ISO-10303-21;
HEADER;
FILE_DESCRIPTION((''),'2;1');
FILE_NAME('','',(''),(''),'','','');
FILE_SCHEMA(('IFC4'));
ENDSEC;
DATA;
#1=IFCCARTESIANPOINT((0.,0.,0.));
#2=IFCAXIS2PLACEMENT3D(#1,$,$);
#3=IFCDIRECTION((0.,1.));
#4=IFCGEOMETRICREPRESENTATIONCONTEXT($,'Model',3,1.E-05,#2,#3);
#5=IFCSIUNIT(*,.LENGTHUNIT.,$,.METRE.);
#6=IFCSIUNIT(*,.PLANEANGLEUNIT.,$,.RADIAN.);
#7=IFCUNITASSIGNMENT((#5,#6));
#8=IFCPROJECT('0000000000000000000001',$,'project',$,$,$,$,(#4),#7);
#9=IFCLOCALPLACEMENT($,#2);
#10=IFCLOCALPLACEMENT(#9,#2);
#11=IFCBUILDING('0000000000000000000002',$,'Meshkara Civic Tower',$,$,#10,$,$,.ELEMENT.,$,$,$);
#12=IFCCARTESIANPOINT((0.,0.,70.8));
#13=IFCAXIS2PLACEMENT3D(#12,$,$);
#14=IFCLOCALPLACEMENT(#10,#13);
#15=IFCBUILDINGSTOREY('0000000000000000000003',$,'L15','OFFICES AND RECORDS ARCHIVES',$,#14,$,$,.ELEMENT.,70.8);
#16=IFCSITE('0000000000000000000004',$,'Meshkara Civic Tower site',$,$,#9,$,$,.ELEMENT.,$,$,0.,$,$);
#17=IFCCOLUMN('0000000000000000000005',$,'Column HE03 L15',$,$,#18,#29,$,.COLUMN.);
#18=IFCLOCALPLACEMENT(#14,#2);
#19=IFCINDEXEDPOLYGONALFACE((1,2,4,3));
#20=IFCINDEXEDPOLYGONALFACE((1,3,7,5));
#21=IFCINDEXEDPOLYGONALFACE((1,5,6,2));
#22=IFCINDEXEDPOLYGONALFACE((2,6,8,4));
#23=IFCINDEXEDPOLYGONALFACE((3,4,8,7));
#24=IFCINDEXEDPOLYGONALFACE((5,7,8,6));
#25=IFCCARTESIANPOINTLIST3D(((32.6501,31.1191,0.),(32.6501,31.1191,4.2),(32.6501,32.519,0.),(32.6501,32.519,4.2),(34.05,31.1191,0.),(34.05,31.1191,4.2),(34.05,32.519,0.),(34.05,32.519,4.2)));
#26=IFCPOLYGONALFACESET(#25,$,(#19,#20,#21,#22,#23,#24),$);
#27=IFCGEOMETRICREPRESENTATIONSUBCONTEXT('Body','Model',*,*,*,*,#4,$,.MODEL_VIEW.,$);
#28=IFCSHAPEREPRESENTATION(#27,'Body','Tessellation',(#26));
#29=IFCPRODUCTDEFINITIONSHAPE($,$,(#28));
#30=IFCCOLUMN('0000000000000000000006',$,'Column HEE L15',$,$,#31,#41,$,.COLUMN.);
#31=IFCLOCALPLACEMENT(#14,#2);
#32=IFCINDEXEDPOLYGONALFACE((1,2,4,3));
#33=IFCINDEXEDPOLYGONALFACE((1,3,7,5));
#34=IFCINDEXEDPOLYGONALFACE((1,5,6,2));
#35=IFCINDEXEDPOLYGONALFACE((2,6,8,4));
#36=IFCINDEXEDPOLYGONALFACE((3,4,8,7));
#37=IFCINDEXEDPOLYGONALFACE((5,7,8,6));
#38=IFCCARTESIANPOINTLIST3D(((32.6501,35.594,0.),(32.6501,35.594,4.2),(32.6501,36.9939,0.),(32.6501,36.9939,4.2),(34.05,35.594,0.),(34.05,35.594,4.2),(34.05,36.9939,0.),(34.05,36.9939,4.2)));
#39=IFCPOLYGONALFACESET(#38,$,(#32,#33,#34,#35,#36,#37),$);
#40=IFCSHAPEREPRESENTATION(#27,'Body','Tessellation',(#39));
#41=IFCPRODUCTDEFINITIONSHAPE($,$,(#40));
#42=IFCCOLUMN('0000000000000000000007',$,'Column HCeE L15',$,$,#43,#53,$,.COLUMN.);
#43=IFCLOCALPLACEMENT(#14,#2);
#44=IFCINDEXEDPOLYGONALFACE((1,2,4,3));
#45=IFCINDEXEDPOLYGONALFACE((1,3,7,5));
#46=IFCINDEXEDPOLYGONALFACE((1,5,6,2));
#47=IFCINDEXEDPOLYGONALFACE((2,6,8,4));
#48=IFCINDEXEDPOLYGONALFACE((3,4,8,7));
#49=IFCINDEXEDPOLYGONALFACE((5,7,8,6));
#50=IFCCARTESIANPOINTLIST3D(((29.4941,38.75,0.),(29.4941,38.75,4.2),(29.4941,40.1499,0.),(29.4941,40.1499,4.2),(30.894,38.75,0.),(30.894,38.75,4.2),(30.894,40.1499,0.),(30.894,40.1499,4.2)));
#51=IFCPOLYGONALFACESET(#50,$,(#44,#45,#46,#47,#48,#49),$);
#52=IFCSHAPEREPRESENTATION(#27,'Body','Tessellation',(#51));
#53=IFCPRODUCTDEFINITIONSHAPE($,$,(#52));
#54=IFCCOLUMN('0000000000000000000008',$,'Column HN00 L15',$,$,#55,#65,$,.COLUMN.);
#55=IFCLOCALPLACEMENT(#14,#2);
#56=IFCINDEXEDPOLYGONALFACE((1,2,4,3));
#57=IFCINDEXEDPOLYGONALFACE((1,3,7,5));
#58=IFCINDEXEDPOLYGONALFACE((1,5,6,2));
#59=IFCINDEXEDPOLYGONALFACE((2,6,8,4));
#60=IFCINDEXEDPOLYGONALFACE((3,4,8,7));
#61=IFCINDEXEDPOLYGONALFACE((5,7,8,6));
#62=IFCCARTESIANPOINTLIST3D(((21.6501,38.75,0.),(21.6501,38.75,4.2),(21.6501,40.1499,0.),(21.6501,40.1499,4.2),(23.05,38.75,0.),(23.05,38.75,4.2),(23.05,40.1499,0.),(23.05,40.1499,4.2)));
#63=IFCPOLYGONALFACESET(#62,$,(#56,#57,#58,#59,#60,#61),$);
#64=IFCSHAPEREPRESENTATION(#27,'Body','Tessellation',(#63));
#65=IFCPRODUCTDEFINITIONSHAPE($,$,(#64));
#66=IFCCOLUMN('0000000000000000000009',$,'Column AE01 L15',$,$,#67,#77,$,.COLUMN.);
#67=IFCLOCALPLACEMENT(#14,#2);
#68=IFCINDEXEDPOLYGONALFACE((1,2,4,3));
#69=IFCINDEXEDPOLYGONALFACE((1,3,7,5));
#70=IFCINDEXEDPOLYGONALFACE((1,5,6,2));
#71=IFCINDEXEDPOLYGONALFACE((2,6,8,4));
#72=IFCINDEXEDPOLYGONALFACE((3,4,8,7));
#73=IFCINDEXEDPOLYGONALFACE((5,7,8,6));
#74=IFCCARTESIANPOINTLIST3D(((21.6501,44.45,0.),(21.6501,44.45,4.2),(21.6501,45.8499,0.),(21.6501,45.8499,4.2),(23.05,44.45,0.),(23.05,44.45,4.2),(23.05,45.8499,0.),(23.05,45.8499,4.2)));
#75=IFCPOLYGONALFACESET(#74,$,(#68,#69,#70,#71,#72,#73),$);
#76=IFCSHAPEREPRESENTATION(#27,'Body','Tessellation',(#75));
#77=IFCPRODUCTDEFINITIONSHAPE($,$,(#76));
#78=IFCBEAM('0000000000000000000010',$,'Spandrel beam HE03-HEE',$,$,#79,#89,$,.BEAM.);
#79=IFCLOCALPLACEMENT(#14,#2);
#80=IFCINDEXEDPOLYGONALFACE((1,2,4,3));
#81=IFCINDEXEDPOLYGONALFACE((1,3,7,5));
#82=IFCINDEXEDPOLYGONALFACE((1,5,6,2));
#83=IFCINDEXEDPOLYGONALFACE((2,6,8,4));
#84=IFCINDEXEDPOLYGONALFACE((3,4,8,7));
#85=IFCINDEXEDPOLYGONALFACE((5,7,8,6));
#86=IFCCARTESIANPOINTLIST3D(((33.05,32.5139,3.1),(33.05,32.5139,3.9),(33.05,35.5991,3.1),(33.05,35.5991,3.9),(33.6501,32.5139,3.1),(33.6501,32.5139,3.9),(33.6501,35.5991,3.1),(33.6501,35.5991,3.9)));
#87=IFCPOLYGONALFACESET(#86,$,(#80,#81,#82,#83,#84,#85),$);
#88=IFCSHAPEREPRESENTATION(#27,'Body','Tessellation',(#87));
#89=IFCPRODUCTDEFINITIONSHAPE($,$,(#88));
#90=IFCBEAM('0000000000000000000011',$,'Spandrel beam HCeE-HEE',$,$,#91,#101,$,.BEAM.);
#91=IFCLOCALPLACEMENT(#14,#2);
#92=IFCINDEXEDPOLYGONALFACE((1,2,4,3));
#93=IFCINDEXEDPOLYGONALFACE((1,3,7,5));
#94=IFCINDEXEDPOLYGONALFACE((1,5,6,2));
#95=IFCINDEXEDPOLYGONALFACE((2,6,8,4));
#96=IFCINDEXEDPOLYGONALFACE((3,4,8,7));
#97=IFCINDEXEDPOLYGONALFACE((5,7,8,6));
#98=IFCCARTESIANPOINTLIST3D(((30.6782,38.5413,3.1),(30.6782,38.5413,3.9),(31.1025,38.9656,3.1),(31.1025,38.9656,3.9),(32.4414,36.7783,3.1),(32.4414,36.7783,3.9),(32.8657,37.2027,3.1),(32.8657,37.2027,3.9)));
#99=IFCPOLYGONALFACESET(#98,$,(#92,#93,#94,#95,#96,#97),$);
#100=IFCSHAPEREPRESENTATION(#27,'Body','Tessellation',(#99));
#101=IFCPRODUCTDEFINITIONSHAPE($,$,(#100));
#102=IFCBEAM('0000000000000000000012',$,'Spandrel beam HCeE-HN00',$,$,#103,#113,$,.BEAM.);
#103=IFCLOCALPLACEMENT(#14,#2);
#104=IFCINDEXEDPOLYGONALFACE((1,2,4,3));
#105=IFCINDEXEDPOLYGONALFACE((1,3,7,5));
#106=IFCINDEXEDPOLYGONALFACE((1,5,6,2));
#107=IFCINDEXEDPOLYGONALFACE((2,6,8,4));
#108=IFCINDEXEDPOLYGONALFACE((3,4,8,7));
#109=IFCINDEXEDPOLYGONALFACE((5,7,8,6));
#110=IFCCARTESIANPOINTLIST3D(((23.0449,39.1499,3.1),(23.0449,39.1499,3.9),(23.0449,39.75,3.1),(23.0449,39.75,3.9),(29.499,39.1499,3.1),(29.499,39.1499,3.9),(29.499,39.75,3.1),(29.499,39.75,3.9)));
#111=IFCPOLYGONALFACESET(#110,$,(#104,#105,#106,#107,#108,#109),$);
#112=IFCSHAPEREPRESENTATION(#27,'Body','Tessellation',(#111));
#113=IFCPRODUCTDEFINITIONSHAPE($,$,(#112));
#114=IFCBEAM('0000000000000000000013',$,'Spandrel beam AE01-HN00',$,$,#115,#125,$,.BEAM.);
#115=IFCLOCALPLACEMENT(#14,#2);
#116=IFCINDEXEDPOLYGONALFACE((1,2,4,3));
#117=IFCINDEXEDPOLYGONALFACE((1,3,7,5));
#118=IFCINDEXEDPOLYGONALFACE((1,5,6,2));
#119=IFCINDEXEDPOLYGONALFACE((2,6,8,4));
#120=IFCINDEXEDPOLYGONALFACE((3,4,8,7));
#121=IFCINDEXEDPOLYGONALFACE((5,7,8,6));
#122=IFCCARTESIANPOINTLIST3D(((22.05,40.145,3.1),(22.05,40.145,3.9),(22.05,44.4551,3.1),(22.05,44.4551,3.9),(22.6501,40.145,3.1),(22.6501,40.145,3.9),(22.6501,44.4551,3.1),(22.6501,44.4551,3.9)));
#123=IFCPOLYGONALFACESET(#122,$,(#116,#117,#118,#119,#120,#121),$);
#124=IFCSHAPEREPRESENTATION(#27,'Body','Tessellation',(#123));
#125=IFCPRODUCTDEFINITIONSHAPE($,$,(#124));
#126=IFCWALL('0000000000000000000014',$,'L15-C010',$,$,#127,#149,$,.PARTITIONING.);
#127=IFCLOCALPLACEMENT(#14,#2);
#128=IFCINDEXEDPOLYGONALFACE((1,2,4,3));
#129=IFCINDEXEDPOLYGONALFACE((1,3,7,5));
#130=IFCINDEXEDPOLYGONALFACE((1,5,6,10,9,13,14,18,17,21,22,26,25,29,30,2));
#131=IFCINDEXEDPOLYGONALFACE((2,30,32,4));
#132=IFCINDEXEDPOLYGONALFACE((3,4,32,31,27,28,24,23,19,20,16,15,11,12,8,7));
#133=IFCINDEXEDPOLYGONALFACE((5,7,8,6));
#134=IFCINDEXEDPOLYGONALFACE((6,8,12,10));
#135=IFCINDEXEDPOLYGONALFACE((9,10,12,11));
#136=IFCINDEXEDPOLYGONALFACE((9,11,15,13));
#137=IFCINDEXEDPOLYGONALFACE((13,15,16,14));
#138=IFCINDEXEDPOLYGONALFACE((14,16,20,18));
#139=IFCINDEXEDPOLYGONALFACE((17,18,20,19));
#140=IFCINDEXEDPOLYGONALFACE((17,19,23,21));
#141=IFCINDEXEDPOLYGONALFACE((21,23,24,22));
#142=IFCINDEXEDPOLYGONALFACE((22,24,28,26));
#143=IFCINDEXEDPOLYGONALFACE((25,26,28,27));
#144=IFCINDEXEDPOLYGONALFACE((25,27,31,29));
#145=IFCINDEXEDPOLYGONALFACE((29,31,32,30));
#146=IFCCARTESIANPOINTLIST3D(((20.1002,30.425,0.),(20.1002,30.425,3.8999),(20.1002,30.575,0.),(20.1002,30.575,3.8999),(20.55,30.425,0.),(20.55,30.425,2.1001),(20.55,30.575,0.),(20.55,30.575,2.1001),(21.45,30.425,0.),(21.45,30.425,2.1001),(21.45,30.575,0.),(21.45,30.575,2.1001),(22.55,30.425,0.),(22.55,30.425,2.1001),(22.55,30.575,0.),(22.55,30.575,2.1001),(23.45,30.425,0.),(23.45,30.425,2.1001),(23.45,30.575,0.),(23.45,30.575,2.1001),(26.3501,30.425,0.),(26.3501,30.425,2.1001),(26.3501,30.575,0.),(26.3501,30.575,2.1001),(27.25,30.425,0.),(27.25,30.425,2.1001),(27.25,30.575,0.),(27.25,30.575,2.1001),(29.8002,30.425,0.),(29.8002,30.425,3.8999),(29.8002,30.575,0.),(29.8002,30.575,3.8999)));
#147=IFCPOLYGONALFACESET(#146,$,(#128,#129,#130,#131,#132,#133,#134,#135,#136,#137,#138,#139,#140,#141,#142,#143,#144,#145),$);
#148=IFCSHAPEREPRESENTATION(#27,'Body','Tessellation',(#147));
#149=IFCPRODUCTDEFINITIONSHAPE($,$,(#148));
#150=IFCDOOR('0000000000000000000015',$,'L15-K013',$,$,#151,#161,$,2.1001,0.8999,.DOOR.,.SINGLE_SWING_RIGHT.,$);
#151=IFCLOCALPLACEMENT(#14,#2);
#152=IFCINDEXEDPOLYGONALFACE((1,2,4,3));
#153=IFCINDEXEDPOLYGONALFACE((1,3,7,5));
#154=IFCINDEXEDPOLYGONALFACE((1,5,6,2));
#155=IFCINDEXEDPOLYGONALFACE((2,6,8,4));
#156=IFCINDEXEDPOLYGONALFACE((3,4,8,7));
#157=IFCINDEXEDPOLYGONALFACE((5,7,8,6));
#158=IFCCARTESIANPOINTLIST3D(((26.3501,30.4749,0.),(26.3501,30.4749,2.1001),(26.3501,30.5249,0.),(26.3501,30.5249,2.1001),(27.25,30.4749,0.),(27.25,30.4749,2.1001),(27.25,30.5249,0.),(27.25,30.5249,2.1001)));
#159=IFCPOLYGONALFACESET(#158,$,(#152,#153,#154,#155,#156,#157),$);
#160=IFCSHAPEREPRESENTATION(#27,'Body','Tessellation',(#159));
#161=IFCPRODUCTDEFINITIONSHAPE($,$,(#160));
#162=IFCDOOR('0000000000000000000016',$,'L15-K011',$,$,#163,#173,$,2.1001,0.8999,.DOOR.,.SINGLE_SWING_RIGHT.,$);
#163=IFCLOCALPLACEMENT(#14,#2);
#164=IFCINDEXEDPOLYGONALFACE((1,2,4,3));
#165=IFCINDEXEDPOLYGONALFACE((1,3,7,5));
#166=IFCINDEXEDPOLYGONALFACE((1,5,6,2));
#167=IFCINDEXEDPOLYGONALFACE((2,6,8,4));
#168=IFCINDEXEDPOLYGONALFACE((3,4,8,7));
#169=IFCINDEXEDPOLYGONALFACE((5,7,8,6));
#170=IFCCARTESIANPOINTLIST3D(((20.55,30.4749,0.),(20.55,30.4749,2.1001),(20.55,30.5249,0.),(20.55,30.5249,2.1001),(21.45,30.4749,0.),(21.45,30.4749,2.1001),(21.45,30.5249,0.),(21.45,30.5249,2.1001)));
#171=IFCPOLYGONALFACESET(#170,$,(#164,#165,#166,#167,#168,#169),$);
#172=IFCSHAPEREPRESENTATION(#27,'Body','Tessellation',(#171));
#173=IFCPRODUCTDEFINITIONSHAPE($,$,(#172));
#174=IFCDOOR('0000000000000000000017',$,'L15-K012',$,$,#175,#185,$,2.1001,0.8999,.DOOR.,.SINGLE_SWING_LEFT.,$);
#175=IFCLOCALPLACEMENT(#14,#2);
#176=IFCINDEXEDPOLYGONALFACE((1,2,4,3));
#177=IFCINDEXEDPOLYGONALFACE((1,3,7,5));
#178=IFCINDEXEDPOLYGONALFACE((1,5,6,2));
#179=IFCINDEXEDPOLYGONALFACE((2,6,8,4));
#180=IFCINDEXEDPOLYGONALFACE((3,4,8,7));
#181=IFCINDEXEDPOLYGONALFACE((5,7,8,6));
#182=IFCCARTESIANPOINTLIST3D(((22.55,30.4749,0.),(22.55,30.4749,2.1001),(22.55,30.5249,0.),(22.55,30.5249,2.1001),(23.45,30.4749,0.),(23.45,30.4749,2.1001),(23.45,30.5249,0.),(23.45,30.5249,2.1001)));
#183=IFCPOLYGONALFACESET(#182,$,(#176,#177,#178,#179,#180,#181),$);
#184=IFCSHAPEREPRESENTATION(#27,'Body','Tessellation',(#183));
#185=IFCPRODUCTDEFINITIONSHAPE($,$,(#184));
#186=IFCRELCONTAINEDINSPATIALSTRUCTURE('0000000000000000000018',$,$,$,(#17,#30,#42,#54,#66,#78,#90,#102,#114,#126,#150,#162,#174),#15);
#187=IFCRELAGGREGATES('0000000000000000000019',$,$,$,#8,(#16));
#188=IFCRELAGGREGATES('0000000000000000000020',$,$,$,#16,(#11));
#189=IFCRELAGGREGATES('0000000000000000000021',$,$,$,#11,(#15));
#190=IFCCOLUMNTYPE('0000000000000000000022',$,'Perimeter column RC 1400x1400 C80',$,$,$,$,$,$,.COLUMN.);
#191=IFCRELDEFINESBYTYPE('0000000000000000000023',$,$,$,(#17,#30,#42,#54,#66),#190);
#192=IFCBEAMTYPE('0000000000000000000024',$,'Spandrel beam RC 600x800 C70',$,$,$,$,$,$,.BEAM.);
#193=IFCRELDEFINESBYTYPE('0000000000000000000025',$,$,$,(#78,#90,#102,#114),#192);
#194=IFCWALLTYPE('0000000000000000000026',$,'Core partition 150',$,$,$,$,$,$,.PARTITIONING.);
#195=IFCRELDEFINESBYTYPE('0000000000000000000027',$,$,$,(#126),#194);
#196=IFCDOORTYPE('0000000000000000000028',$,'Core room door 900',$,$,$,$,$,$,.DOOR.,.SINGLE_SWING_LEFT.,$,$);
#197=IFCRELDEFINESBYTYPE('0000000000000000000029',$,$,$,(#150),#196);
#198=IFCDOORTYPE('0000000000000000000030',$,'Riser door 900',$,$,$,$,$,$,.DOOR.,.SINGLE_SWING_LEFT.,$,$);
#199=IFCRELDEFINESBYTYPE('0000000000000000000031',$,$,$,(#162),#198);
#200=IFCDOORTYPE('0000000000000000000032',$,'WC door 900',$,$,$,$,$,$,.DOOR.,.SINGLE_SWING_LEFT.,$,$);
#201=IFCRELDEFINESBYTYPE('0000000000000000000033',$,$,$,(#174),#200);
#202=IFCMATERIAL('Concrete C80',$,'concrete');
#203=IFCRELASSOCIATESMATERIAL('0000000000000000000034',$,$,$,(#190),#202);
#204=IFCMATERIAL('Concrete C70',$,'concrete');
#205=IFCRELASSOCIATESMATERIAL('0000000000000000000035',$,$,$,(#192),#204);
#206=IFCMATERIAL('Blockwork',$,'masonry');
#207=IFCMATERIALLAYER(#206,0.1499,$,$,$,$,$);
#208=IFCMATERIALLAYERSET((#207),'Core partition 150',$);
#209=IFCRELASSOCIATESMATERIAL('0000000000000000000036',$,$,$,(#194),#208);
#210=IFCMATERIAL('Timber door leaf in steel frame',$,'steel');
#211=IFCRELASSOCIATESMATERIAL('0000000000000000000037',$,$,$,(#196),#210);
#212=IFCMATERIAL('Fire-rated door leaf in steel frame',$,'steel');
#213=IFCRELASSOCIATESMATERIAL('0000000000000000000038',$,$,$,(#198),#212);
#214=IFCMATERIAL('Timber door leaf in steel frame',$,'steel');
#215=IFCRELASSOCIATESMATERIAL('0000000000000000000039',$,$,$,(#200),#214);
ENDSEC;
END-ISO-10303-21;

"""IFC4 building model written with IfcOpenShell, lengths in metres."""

from ifc_helpers import new_model, si_unit, direction, frame, frame_2d, origin, origin_2d, place, context, subcontext, project, spatial, rectangle, extrude, material, layer, layer_set, material_profile, profile_set, type_object, element, fill, save


model = new_model("IFC4")

# Units and contexts
model_context = context("Model", 3, precision=1e-05, world=origin(), true_north=direction((0.0, 1.0)))
body_context = subcontext(model_context, "Body", "Model", "MODEL_VIEW")
ifc_project = project(units=[si_unit("LENGTHUNIT", "METRE"), si_unit("PLANEANGLEUNIT", "RADIAN")], contexts=[model_context])

# Site, building, storey
site_placement = place(None, origin())
site = spatial("IfcSite", under=ifc_project, at=site_placement, Name="Meshkara Civic Tower site", CompositionType="ELEMENT", RefElevation=0.0)
building_placement = place(site_placement, origin())
building = spatial("IfcBuilding", under=site, at=building_placement, Name="Meshkara Civic Tower", CompositionType="ELEMENT")
storey_placement = place(building_placement, frame((0.0, 0.0, 70.8)))
storey = spatial("IfcBuildingStorey", under=building, at=storey_placement, Name="L15", Description="OFFICES AND RECORDS ARCHIVES", CompositionType="ELEMENT", Elevation=70.8)

# Columns
ifc_material_1 = material(Name="Concrete C80", Category="concrete")
ifc_material_profile_1 = material_profile(ifc_material_1, rectangle(XDim=1.3999, YDim=1.3999, at=origin_2d()))
ifc_profile_set_1 = profile_set([ifc_material_profile_1], Name="Concrete C80")
column_type = type_object("IfcColumnType", Name="Perimeter column RC 1400x1400 C80", PredefinedType="COLUMN", material=ifc_profile_set_1)
for number, where, z_axis, x_axis, name in (
    (1, (33.3501, 31.8191, 0.0), (0.0, 0.0, 1.0), (1.0, 0.0, 0.0), "Column HE03 L15"),
    (2, (33.3501, 36.2939, 0.0), (0.0, 0.0, 1.0), (1.0, 0.0, 0.0), "Column HEE L15"),
    (3, (30.1941, 39.45, 0.0), (0.0, 0.0, 1.0), (1.0, 0.0, 0.0), "Column HCeE L15"),
    (4, (22.3501, 39.45, 0.0), (0.0, 0.0, 1.0), (1.0, 0.0, 0.0), "Column HN00 L15"),
    (5, (22.3501, 45.1499, 0.0), (0.0, 0.0, 1.0), (1.0, 0.0, 0.0), "Column AE01 L15"),
):
    element("IfcColumn", number, at=place(storey_placement, frame(where, z_axis=z_axis, x_axis=x_axis)), inside=storey, type_object=column_type, Name=name, PredefinedType="COLUMN", context=body_context, shape_type="SweptSolid", body=[
        extrude(rectangle(XDim=1.3999, YDim=1.3999, at=origin_2d()), origin(), (0.0, 0.0, 1.0), 4.2),
    ])

# Beams
ifc_material_2 = material(Name="Concrete C70", Category="concrete")
ifc_material_profile_2 = material_profile(ifc_material_2, rectangle(XDim=0.6001, YDim=0.8, at=origin_2d()))
ifc_profile_set_2 = profile_set([ifc_material_profile_2], Name="Concrete C70")
beam_type = type_object("IfcBeamType", Name="Spandrel beam RC 600x800 C70", PredefinedType="BEAM", material=ifc_profile_set_2)
beam_1_placement = place(storey_placement, frame((33.3501, 32.5139, 3.5), z_axis=(0.0, 1.0, 0.0), x_axis=(-1.0, 0.0, 0.0)))
element("IfcBeam", 6, at=beam_1_placement, inside=storey, type_object=beam_type, Name="Spandrel beam HE03-HEE", PredefinedType="BEAM", context=body_context, shape_type="SweptSolid", body=[
    extrude(rectangle(XDim=0.6001, YDim=0.8, at=origin_2d()), origin(), (0.0, 0.0, 1.0), 3.0852),
])
beam_2_placement = place(storey_placement, frame((32.6536, 36.9905, 3.5), z_axis=(-0.707156, 0.707058, 0.0), x_axis=(-0.707058, -0.707156, 0.0)))
element("IfcBeam", 7, at=beam_2_placement, inside=storey, type_object=beam_type, Name="Spandrel beam HCeE-HEE", PredefinedType="BEAM", context=body_context, shape_type="SweptSolid", body=[
    extrude(rectangle(XDim=0.6001, YDim=0.8, at=origin_2d()), origin(), (0.0, 0.0, 1.0), 2.4934),
])
beam_3_placement = place(storey_placement, frame((29.499, 39.45, 3.5), z_axis=(-1.0, 0.0, 0.0), x_axis=(0.0, -1.0, 0.0)))
element("IfcBeam", 8, at=beam_3_placement, inside=storey, type_object=beam_type, Name="Spandrel beam HCeE-HN00", PredefinedType="BEAM", context=body_context, shape_type="SweptSolid", body=[
    extrude(rectangle(XDim=0.6001, YDim=0.8, at=origin_2d()), origin(), (0.0, 0.0, 1.0), 6.4541),
])
beam_4_placement = place(storey_placement, frame((22.3501, 40.145, 3.5), z_axis=(0.0, 1.0, 0.0), x_axis=(-1.0, 0.0, 0.0)))
element("IfcBeam", 9, at=beam_4_placement, inside=storey, type_object=beam_type, Name="Spandrel beam AE01-HN00", PredefinedType="BEAM", context=body_context, shape_type="SweptSolid", body=[
    extrude(rectangle(XDim=0.6001, YDim=0.8, at=origin_2d()), origin(), (0.0, 0.0, 1.0), 4.3101),
])

# Wall, openings, doors
ifc_material_3 = material(Name="Blockwork", Category="masonry")
ifc_layer_1 = layer(ifc_material_3, 0.1499)
ifc_layer_set_1 = layer_set([ifc_layer_1], Name="Core partition 150")
wall_type_1 = type_object("IfcWallType", Name="Core partition 150", PredefinedType="PARTITIONING", material=ifc_layer_set_1)
wall_1_placement = place(storey_placement, frame((20.1001, 30.5, 0.0), z_axis=(0.0, 0.0, 1.0), x_axis=(1.0, 0.0, 0.0)))
wall_1 = element("IfcWall", 10, at=wall_1_placement, inside=storey, type_object=wall_type_1, Name="L15-C010", PredefinedType="PARTITIONING", context=body_context, shape_type="SweptSolid", body=[
    extrude(rectangle(XDim=9.7, YDim=0.1499, at=frame_2d((4.8501, 0.0))), origin(), (0.0, 0.0, 1.0), 3.8999),
])
opening_1_placement = place(wall_1_placement, frame((0.45, 0.0, 0.0)))
opening_1 = element("IfcOpeningElement", 11, at=opening_1_placement, cuts=wall_1, PredefinedType="OPENING", context=body_context, shape_type="SweptSolid", body=[
    extrude(rectangle(XDim=0.8999, YDim=2.1001, at=frame_2d((0.45, 1.05))), frame((0.0, 0.085, 0.0), z_axis=(0.0, -1.0, 0.0), x_axis=(1.0, 0.0, 0.0)), (0.0, 0.0, 1.0), 0.1699),
])
opening_2_placement = place(wall_1_placement, frame((2.45, 0.0, 0.0)))
opening_2 = element("IfcOpeningElement", 12, at=opening_2_placement, cuts=wall_1, PredefinedType="OPENING", context=body_context, shape_type="SweptSolid", body=[
    extrude(rectangle(XDim=0.8999, YDim=2.1001, at=frame_2d((0.45, 1.05))), frame((0.0, 0.085, 0.0), z_axis=(0.0, -1.0, 0.0), x_axis=(1.0, 0.0, 0.0)), (0.0, 0.0, 1.0), 0.1699),
])
opening_3_placement = place(wall_1_placement, frame((6.25, 0.0, 0.0)))
opening_3 = element("IfcOpeningElement", 13, at=opening_3_placement, cuts=wall_1, PredefinedType="OPENING", context=body_context, shape_type="SweptSolid", body=[
    extrude(rectangle(XDim=0.8999, YDim=2.1001, at=frame_2d((0.45, 1.05))), frame((0.0, 0.085, 0.0), z_axis=(0.0, -1.0, 0.0), x_axis=(1.0, 0.0, 0.0)), (0.0, 0.0, 1.0), 0.1699),
])
ifc_material_4 = material(Name="Timber door leaf in steel frame", Category="steel")
door_type_1 = type_object("IfcDoorType", Name="Core room door 900", OperationType="SINGLE_SWING_LEFT", PredefinedType="DOOR", material=ifc_material_4)
door_1_placement = place(opening_3_placement, origin())
door_1 = element("IfcDoor", 14, at=door_1_placement, inside=storey, type_object=door_type_1, Name="L15-K013", OperationType="SINGLE_SWING_RIGHT", OverallHeight=2.1001, OverallWidth=0.8999, PredefinedType="DOOR", context=body_context, shape_type="SweptSolid", body=[
    extrude(rectangle(XDim=0.8999, YDim=2.1001, at=frame_2d((0.45, 1.05))), frame((0.0, 0.0249, 0.0), z_axis=(0.0, -1.0, 0.0), x_axis=(1.0, 0.0, 0.0)), (0.0, 0.0, 1.0), 0.05),
])
fill(opening_3, door_1)
ifc_material_5 = material(Name="Fire-rated door leaf in steel frame", Category="steel")
door_type_2 = type_object("IfcDoorType", Name="Riser door 900", OperationType="SINGLE_SWING_LEFT", PredefinedType="DOOR", material=ifc_material_5)
door_2_placement = place(opening_1_placement, origin())
door_2 = element("IfcDoor", 15, at=door_2_placement, inside=storey, type_object=door_type_2, Name="L15-K011", OperationType="SINGLE_SWING_RIGHT", OverallHeight=2.1001, OverallWidth=0.8999, PredefinedType="DOOR", context=body_context, shape_type="SweptSolid", body=[
    extrude(rectangle(XDim=0.8999, YDim=2.1001, at=frame_2d((0.45, 1.05))), frame((0.0, 0.0249, 0.0), z_axis=(0.0, -1.0, 0.0), x_axis=(1.0, 0.0, 0.0)), (0.0, 0.0, 1.0), 0.05),
])
fill(opening_1, door_2)
ifc_material_6 = material(Name="Timber door leaf in steel frame", Category="steel")
door_type_3 = type_object("IfcDoorType", Name="WC door 900", OperationType="SINGLE_SWING_LEFT", PredefinedType="DOOR", material=ifc_material_6)
door_3_placement = place(opening_2_placement, origin())
door_3 = element("IfcDoor", 16, at=door_3_placement, inside=storey, type_object=door_type_3, Name="L15-K012", OperationType="SINGLE_SWING_LEFT", OverallHeight=2.1001, OverallWidth=0.8999, PredefinedType="DOOR", context=body_context, shape_type="SweptSolid", body=[
    extrude(rectangle(XDim=0.8999, YDim=2.1001, at=frame_2d((0.45, 1.05))), frame((0.0, 0.0249, 0.0), z_axis=(0.0, -1.0, 0.0), x_axis=(1.0, 0.0, 0.0)), (0.0, 0.0, 1.0), 0.05),
])
fill(opening_2, door_3)

save(model, "model.ifc")
